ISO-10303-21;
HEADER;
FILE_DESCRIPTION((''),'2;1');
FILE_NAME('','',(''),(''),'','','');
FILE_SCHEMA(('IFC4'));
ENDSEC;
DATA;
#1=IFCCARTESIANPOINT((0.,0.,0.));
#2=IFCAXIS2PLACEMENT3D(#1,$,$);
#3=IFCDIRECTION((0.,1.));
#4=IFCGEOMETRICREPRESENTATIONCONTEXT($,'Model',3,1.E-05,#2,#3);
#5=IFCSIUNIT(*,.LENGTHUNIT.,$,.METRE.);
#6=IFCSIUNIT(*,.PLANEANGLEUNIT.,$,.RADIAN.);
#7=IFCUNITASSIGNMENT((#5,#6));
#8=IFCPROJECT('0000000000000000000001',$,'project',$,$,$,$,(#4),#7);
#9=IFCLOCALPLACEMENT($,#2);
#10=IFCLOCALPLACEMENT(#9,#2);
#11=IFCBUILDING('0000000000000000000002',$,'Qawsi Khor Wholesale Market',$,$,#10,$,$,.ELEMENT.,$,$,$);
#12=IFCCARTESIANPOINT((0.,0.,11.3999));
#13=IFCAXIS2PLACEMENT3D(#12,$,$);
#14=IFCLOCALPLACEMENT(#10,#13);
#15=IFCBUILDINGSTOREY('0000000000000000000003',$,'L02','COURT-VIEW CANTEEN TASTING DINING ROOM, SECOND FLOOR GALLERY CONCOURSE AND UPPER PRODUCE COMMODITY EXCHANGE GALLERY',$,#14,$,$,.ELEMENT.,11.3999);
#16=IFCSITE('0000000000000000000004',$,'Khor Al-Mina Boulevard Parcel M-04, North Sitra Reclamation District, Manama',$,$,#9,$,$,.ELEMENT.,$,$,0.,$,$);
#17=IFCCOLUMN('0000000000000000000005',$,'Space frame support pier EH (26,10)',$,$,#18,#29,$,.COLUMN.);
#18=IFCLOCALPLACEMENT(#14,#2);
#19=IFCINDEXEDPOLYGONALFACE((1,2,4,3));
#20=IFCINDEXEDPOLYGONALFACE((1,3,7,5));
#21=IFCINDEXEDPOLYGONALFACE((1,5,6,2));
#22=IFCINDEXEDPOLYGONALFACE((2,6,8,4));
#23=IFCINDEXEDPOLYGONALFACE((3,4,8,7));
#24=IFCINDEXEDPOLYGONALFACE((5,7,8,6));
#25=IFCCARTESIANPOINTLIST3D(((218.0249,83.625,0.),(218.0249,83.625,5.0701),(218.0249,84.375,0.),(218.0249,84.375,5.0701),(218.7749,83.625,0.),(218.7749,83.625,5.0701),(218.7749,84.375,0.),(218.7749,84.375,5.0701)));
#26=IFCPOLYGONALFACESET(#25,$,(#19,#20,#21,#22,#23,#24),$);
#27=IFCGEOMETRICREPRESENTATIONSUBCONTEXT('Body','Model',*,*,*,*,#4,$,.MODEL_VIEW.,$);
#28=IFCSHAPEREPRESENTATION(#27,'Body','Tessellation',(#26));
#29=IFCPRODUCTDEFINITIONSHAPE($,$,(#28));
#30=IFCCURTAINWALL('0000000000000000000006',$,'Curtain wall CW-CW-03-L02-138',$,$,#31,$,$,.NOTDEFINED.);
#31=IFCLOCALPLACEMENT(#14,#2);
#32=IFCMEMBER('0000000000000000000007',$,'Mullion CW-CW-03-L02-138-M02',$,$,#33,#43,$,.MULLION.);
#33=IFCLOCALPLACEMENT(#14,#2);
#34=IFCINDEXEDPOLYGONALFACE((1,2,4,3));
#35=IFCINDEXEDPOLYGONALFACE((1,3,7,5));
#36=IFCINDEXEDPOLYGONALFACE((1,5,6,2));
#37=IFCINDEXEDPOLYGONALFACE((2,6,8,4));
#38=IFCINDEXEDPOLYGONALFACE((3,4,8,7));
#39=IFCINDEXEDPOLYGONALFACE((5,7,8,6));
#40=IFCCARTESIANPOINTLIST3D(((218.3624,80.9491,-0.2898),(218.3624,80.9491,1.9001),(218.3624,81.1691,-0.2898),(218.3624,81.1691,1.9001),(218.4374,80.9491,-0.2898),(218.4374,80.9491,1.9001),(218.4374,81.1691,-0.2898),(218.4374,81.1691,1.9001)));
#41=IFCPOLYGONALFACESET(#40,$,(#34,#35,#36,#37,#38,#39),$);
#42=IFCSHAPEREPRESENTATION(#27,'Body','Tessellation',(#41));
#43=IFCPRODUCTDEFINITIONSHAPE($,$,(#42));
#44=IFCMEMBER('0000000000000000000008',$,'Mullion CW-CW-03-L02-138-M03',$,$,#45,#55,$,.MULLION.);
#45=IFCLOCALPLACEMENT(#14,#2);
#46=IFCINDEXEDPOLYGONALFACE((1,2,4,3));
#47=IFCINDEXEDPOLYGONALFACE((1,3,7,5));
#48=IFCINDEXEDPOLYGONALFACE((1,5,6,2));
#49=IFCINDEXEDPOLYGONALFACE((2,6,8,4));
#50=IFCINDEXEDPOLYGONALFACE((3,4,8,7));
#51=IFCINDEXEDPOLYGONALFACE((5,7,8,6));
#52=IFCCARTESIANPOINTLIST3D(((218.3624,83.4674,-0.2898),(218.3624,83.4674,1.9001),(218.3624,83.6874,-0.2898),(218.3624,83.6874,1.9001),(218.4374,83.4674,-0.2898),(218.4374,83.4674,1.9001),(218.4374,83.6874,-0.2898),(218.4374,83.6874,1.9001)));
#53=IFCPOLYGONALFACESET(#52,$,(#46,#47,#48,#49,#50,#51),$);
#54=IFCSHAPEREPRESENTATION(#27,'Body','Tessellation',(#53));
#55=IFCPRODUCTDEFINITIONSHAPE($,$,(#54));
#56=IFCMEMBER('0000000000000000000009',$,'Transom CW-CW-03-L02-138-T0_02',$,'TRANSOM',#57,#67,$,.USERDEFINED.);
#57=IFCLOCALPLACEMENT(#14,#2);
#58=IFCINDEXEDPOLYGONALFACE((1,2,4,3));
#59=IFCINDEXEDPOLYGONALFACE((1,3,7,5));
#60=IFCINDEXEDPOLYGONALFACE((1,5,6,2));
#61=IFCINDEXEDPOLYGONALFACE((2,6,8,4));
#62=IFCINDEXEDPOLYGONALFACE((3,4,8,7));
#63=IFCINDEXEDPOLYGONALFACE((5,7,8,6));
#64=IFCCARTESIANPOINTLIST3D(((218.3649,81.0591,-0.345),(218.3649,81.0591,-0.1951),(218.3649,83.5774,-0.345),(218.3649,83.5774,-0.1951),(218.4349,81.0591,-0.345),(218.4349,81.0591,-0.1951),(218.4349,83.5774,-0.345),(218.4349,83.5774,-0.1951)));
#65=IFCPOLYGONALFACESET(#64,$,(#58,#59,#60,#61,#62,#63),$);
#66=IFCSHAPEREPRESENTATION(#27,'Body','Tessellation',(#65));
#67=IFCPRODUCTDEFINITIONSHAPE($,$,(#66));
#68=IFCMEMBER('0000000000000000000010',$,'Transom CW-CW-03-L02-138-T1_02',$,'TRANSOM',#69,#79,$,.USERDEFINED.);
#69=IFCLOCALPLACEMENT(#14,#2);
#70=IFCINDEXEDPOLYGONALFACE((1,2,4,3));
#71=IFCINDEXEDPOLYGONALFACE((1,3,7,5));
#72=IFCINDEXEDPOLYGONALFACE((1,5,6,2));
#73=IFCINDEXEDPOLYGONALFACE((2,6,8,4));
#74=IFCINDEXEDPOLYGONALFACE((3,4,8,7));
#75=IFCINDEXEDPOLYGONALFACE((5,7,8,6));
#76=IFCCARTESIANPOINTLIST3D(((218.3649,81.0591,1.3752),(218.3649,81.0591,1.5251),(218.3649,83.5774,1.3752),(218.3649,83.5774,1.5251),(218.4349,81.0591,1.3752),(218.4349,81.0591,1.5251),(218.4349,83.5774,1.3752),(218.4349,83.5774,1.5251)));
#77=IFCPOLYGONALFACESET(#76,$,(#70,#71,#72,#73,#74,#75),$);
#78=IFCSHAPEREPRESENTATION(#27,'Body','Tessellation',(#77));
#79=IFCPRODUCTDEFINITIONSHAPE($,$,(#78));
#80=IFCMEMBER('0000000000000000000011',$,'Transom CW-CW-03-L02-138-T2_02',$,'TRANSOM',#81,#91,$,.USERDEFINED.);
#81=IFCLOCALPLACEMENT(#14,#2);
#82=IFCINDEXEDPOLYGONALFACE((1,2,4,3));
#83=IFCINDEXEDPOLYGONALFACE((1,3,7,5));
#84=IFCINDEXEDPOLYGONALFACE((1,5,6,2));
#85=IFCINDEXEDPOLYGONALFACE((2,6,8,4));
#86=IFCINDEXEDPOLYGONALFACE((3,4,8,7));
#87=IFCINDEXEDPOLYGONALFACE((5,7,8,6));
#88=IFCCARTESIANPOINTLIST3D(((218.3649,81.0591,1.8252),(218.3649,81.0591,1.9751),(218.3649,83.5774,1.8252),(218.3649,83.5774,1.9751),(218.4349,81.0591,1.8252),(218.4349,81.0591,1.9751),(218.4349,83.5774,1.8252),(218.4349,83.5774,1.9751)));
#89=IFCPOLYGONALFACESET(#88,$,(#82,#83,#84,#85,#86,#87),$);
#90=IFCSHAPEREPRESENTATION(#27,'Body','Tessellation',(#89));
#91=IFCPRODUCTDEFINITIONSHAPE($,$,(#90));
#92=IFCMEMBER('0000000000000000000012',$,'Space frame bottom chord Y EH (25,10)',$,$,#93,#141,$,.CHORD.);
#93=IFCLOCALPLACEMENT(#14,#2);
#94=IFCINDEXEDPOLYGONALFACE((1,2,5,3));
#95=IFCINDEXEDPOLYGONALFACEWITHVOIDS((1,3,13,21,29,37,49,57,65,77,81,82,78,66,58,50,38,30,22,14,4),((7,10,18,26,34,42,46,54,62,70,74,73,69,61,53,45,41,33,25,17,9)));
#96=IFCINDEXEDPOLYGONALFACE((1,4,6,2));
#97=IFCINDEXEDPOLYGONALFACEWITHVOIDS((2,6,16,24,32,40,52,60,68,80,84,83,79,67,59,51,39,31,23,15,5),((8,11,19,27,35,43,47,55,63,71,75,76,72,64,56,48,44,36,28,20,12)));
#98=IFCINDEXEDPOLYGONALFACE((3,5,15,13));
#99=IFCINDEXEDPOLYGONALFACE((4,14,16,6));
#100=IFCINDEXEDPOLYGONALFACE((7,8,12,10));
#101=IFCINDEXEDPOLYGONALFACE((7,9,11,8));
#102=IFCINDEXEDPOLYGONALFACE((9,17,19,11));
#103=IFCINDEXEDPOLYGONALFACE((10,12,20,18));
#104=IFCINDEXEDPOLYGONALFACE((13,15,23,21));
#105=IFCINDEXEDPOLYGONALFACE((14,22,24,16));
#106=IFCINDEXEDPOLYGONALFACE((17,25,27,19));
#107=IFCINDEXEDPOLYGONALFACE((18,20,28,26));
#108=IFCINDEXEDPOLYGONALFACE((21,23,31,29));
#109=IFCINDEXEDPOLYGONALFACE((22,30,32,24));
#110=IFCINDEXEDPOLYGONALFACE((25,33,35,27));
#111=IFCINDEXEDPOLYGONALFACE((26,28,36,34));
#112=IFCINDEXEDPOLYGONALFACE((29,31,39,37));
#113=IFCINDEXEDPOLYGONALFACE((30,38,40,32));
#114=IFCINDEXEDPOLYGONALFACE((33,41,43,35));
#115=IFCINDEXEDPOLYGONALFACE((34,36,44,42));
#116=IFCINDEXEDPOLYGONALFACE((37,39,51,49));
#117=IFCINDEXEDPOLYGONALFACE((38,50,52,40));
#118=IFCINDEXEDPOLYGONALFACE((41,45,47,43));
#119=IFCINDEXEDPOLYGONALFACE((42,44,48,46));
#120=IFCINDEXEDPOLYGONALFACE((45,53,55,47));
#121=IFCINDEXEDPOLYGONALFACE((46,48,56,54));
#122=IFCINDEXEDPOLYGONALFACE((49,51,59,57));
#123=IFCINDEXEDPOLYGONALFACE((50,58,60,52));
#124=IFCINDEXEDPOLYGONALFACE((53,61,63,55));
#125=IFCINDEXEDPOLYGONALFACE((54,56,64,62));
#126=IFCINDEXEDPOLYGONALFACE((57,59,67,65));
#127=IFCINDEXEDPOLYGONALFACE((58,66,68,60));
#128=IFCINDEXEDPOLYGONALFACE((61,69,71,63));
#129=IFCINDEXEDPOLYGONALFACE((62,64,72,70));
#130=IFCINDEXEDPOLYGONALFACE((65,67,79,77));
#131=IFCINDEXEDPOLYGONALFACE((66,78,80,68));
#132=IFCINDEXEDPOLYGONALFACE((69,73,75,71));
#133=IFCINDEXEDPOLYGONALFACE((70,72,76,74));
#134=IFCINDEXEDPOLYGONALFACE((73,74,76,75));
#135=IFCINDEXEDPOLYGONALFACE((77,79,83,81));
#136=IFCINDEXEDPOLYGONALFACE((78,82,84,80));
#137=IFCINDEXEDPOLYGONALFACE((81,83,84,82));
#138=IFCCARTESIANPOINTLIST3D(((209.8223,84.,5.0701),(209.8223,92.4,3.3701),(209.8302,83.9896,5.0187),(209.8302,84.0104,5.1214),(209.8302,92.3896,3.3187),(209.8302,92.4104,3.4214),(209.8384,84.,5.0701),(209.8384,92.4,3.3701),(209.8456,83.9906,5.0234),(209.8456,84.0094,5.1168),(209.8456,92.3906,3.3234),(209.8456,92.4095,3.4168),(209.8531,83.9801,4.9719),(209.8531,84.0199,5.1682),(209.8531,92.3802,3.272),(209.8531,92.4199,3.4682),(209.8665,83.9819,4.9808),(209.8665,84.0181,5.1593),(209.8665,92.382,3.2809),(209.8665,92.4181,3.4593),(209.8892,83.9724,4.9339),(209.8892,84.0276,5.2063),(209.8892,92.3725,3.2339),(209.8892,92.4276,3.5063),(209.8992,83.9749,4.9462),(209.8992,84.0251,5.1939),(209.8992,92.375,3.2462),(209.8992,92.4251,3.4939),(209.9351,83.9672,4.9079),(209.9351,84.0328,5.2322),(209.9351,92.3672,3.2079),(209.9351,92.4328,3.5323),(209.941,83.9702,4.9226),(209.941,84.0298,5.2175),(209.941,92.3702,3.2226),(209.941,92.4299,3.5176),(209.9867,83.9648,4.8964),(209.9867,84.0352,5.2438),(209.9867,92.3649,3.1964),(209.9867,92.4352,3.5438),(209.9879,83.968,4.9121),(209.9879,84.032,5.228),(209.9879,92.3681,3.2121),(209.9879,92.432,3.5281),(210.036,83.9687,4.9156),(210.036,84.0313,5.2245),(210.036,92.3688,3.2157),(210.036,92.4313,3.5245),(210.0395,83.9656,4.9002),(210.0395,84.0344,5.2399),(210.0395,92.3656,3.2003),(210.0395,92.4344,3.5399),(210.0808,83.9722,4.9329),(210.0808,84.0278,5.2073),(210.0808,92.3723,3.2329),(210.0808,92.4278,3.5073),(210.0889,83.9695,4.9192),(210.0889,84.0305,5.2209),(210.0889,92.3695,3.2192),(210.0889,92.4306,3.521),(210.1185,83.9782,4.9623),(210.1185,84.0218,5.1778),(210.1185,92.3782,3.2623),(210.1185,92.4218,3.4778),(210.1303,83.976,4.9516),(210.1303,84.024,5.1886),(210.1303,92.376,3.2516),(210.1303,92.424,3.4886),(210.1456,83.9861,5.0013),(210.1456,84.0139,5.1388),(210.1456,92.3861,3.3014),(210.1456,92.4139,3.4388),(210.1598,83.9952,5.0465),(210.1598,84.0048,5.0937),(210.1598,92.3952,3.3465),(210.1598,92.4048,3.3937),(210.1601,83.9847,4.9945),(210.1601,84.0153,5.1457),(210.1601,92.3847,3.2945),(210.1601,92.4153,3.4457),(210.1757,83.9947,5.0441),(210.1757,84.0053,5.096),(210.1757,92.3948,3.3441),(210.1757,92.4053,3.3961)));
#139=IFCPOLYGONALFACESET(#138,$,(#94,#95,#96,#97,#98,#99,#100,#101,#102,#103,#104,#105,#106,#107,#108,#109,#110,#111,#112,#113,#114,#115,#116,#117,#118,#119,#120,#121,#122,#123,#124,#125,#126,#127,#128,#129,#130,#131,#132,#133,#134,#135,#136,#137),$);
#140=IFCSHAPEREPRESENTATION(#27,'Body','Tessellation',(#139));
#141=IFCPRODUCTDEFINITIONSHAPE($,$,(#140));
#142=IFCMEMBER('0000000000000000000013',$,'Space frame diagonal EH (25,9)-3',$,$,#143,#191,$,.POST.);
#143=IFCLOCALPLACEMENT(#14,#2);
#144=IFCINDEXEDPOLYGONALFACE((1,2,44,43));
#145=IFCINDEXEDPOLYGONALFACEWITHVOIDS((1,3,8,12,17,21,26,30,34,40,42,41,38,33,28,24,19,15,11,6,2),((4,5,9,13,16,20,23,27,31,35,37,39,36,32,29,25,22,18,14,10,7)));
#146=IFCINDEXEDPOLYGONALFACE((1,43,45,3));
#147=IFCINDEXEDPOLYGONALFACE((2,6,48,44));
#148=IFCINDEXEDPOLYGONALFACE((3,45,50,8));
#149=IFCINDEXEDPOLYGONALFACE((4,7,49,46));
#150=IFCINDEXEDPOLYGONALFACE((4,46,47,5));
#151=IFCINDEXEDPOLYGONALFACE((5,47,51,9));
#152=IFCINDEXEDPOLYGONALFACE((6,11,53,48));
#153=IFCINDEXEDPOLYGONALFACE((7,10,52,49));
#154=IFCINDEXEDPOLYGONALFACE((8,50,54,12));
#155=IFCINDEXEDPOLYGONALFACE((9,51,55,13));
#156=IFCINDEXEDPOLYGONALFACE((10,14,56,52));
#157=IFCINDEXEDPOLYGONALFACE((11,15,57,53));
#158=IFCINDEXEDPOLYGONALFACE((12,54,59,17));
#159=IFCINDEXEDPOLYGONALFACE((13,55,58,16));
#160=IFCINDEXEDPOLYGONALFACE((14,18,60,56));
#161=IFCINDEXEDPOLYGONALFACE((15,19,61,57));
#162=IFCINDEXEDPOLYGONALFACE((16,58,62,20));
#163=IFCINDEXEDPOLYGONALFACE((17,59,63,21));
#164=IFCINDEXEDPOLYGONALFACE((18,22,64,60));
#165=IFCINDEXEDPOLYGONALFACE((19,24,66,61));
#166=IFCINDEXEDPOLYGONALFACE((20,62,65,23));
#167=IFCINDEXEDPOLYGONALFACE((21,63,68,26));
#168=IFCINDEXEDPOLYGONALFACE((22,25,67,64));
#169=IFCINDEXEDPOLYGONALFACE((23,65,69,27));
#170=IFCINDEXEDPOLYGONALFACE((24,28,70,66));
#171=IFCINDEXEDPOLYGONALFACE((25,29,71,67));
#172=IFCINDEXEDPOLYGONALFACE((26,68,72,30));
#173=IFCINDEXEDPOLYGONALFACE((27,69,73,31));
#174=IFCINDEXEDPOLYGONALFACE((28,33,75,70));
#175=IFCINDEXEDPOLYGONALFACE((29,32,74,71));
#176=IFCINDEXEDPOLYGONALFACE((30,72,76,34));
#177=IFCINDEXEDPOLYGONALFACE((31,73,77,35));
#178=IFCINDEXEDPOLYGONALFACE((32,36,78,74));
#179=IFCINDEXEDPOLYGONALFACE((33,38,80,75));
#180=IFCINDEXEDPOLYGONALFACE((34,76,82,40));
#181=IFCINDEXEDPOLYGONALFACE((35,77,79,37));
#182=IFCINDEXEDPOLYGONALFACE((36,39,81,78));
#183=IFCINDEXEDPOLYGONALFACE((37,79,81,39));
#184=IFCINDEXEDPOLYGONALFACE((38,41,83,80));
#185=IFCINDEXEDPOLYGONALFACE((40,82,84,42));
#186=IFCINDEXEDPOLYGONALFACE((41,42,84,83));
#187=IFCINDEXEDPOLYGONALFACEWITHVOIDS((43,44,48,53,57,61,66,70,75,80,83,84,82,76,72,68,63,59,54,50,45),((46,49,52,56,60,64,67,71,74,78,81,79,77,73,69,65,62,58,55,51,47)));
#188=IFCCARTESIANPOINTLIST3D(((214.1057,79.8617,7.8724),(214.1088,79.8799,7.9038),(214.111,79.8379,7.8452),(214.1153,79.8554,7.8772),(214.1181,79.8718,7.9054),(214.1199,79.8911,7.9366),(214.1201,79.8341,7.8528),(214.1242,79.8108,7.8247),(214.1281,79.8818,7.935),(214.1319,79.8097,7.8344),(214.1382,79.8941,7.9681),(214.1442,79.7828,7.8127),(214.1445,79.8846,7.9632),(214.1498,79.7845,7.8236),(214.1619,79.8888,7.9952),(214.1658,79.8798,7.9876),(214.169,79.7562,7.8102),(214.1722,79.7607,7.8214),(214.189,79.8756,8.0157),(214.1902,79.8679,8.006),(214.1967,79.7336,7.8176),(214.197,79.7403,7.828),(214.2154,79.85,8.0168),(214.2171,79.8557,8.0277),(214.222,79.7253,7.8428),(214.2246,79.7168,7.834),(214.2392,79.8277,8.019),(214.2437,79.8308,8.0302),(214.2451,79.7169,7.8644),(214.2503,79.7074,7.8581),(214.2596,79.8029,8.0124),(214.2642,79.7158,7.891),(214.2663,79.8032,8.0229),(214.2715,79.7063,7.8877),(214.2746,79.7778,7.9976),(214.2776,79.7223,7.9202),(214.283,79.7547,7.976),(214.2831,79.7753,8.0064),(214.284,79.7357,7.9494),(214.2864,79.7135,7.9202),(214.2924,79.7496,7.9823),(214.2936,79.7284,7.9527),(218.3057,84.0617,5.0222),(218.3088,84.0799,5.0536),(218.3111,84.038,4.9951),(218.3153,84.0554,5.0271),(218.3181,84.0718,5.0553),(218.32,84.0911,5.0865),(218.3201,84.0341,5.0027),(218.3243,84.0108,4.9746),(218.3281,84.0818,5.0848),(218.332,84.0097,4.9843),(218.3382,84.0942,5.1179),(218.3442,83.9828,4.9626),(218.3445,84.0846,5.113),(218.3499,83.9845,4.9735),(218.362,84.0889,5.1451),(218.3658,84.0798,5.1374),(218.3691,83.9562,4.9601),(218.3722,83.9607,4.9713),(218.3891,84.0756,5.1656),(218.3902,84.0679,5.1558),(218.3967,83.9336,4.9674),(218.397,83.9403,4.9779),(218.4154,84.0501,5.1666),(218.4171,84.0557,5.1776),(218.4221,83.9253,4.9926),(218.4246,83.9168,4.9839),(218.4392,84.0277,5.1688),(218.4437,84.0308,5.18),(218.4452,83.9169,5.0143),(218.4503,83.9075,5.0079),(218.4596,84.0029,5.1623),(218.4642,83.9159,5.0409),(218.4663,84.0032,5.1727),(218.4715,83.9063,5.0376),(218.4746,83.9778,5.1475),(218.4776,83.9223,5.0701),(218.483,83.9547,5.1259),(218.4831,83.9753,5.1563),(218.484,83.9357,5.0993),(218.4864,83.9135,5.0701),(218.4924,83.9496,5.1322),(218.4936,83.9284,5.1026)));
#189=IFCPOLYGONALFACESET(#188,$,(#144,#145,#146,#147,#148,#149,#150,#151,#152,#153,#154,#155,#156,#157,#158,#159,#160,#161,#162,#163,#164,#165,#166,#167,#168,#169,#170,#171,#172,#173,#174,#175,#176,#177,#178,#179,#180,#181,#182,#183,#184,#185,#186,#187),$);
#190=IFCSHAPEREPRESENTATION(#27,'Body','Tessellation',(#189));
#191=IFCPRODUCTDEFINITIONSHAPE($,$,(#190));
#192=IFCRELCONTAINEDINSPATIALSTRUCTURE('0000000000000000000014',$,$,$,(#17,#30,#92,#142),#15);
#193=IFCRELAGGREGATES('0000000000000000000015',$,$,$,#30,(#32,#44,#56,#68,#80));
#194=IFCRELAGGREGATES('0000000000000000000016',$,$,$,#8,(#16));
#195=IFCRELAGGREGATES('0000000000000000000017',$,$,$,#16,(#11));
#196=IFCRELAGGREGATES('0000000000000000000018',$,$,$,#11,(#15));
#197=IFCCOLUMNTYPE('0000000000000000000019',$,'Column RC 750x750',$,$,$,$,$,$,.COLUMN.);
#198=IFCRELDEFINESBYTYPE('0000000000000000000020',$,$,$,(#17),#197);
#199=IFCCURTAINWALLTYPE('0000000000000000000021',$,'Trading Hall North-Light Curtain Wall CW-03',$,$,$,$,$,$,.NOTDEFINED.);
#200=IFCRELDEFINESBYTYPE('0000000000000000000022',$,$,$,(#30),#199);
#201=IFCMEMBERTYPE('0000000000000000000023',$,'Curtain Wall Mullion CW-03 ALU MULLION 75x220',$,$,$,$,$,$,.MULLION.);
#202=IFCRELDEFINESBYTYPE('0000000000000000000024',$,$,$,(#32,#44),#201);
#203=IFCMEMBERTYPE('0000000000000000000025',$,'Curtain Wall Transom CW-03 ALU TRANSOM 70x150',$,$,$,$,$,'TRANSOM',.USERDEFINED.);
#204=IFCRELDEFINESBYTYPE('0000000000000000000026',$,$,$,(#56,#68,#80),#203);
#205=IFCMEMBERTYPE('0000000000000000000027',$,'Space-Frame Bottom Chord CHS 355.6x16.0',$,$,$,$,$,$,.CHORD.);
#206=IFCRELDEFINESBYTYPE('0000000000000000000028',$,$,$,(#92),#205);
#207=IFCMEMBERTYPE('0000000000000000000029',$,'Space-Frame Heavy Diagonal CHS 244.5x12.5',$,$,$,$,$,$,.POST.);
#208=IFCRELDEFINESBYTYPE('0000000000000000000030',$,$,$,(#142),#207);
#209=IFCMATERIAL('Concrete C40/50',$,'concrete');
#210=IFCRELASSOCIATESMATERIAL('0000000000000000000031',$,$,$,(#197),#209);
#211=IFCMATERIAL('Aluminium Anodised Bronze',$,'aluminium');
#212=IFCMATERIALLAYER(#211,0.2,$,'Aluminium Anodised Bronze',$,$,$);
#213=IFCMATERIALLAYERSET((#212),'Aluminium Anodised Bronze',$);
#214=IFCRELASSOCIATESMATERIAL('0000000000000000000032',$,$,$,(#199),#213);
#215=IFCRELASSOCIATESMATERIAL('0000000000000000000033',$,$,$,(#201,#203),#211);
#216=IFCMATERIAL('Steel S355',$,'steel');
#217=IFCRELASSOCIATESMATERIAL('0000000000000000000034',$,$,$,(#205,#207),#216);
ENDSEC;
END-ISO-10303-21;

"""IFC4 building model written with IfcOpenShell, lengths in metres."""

from ifc_helpers import new_model, si_unit, direction, frame, origin, origin_2d, place, context, subcontext, project, spatial, rectangle, hollow_circle, extrude, material, layer, layer_set, material_profile, profile_set, type_object, element, aggregate, save


model = new_model("IFC4")

# Units and contexts
model_context = context("Model", 3, precision=1e-05, world=origin(), true_north=direction((0.0, 1.0)))
body_context = subcontext(model_context, "Body", "Model", "MODEL_VIEW")
ifc_project = project(units=[si_unit("LENGTHUNIT", "METRE"), si_unit("PLANEANGLEUNIT", "RADIAN")], contexts=[model_context])

# Site, building, storey
site_placement = place(None, origin())
site = spatial("IfcSite", under=ifc_project, at=site_placement, Name="Khor Al-Mina Boulevard Parcel M-04, North Sitra Reclamation District, Manama", CompositionType="ELEMENT", RefElevation=0.0)
building_placement = place(site_placement, origin())
building = spatial("IfcBuilding", under=site, at=building_placement, Name="Qawsi Khor Wholesale Market", CompositionType="ELEMENT")
storey_placement = place(building_placement, frame((0.0, 0.0, 11.3999)))
storey = spatial("IfcBuildingStorey", under=building, at=storey_placement, Name="L02", Description="COURT-VIEW CANTEEN TASTING DINING ROOM, SECOND FLOOR GALLERY CONCOURSE AND UPPER PRODUCE COMMODITY EXCHANGE GALLERY", CompositionType="ELEMENT", Elevation=11.3999)

# Column
ifc_material_1 = material(Name="Concrete C40/50", Category="concrete")
ifc_material_profile_1 = material_profile(ifc_material_1, rectangle(XDim=0.75, YDim=0.75, at=origin_2d()), Name="RC 750x750")
ifc_profile_set_1 = profile_set([ifc_material_profile_1], Name="Concrete C40/50")
column_type = type_object("IfcColumnType", Name="Column RC 750x750", PredefinedType="COLUMN", material=ifc_profile_set_1)
column_placement = place(storey_placement, frame((218.3999, 84.0, 0.0), z_axis=(0.0, 0.0, 1.0), x_axis=(1.0, 0.0, 0.0)))
element("IfcColumn", 1, at=column_placement, inside=storey, type_object=column_type, Name="Space frame support pier EH (26,10)", PredefinedType="COLUMN", context=body_context, shape_type="SweptSolid", body=[
    extrude(rectangle(XDim=0.75, YDim=0.75, at=origin_2d()), origin(), (0.0, 0.0, 1.0), 5.0701),
])

# Curtain wall, members
ifc_material_2 = material(Name="Aluminium Anodised Bronze", Category="aluminium")
ifc_layer_1 = layer(ifc_material_2, 0.2, Name="Aluminium Anodised Bronze")
ifc_layer_set_1 = layer_set([ifc_layer_1], Name="Aluminium Anodised Bronze")
curtain_wall_type = type_object("IfcCurtainWallType", Name="Trading Hall North-Light Curtain Wall CW-03", PredefinedType="NOTDEFINED", material=ifc_layer_set_1)
curtain_wall_placement = place(storey_placement, origin())
curtain_wall = element("IfcCurtainWall", 2, at=curtain_wall_placement, inside=storey, type_object=curtain_wall_type, Name="Curtain wall CW-CW-03-L02-138", PredefinedType="NOTDEFINED")
ifc_material_profile_2 = material_profile(ifc_material_2, rectangle(XDim=0.075, YDim=0.22, at=origin_2d()), Name="ALU MULLION 75x220")
ifc_profile_set_2 = profile_set([ifc_material_profile_2], Name="Aluminium Anodised Bronze")
member_type_1 = type_object("IfcMemberType", Name="Curtain Wall Mullion CW-03 ALU MULLION 75x220", PredefinedType="MULLION", material=ifc_profile_set_2)
member_1_placement = place(storey_placement, frame((218.3999, 81.0591, -0.2898), z_axis=(0.0, 0.0, 1.0), x_axis=(1.0, 0.0, 0.0)))
member_1 = element("IfcMember", 3, at=member_1_placement, type_object=member_type_1, Name="Mullion CW-CW-03-L02-138-M02", PredefinedType="MULLION", context=body_context, shape_type="SweptSolid", body=[
    extrude(rectangle(XDim=0.075, YDim=0.22, at=origin_2d()), origin(), (0.0, 0.0, 1.0), 2.1899),
])
member_2_placement = place(storey_placement, frame((218.3999, 83.5774, -0.2898), z_axis=(0.0, 0.0, 1.0), x_axis=(1.0, 0.0, 0.0)))
member_2 = element("IfcMember", 4, at=member_2_placement, type_object=member_type_1, Name="Mullion CW-CW-03-L02-138-M03", PredefinedType="MULLION", context=body_context, shape_type="SweptSolid", body=[
    extrude(rectangle(XDim=0.075, YDim=0.22, at=origin_2d()), origin(), (0.0, 0.0, 1.0), 2.1899),
])
ifc_material_profile_3 = material_profile(ifc_material_2, rectangle(XDim=0.0701, YDim=0.1499, at=origin_2d()), Name="ALU TRANSOM 70x150")
ifc_profile_set_3 = profile_set([ifc_material_profile_3], Name="Aluminium Anodised Bronze")
member_type_2 = type_object("IfcMemberType", Name="Curtain Wall Transom CW-03 ALU TRANSOM 70x150", ElementType="TRANSOM", PredefinedType="USERDEFINED", material=ifc_profile_set_3)
member_3_placement = place(storey_placement, frame((218.3999, 81.0591, -0.27), z_axis=(0.0, 1.0, 0.0), x_axis=(-1.0, 0.0, 0.0)))
member_3 = element("IfcMember", 5, at=member_3_placement, type_object=member_type_2, Name="Transom CW-CW-03-L02-138-T0_02", ObjectType="TRANSOM", PredefinedType="USERDEFINED", context=body_context, shape_type="SweptSolid", body=[
    extrude(rectangle(XDim=0.0701, YDim=0.1499, at=origin_2d()), origin(), (0.0, 0.0, 1.0), 2.5183),
])
member_4_placement = place(storey_placement, frame((218.3999, 81.0591, 1.4502), z_axis=(0.0, 1.0, 0.0), x_axis=(-1.0, 0.0, 0.0)))
member_4 = element("IfcMember", 6, at=member_4_placement, type_object=member_type_2, Name="Transom CW-CW-03-L02-138-T1_02", ObjectType="TRANSOM", PredefinedType="USERDEFINED", context=body_context, shape_type="SweptSolid", body=[
    extrude(rectangle(XDim=0.0701, YDim=0.1499, at=origin_2d()), origin(), (0.0, 0.0, 1.0), 2.5183),
])
member_5_placement = place(storey_placement, frame((218.3999, 81.0591, 1.9001), z_axis=(0.0, 1.0, 0.0), x_axis=(-1.0, 0.0, 0.0)))
member_5 = element("IfcMember", 7, at=member_5_placement, type_object=member_type_2, Name="Transom CW-CW-03-L02-138-T2_02", ObjectType="TRANSOM", PredefinedType="USERDEFINED", context=body_context, shape_type="SweptSolid", body=[
    extrude(rectangle(XDim=0.0701, YDim=0.1499, at=origin_2d()), origin(), (0.0, 0.0, 1.0), 2.5183),
])

# Members
ifc_material_3 = material(Name="Steel S355", Category="steel")
ifc_material_profile_4 = material_profile(ifc_material_3, hollow_circle(Radius=0.1777, WallThickness=0.0161, at=origin_2d()), Name="CHS 355.6x16.0")
ifc_profile_set_4 = profile_set([ifc_material_profile_4], Name="Steel S355")
member_type_3 = type_object("IfcMemberType", Name="Space-Frame Bottom Chord CHS 355.6x16.0", PredefinedType="CHORD", material=ifc_profile_set_4)
member_6_placement = place(storey_placement, frame((210.0, 84.0, 5.0701), z_axis=(0.0, 0.98013, -0.198356), x_axis=(-1.0, 0.0, 0.0)))
element("IfcMember", 8, at=member_6_placement, inside=storey, type_object=member_type_3, Name="Space frame bottom chord Y EH (25,10)", PredefinedType="CHORD", context=body_context, shape_type="SweptSolid", body=[
    extrude(hollow_circle(Radius=0.1777, WallThickness=0.0161, at=origin_2d()), origin(), (0.0, 0.0, 1.0), 8.5703),
])
ifc_material_profile_5 = material_profile(ifc_material_3, hollow_circle(Radius=0.1223, WallThickness=0.0125, at=origin_2d()), Name="CHS 244.5x12.5")
ifc_profile_set_5 = profile_set([ifc_material_profile_5], Name="Steel S355")
member_type_4 = type_object("IfcMemberType", Name="Space-Frame Heavy Diagonal CHS 244.5x12.5", PredefinedType="POST", material=ifc_profile_set_5)
for number, where, z_axis, x_axis, name in (
    (9, (218.3999, 84.0, 5.0701), (-0.637512, -0.637512, 0.432617), (0.707107, -0.707107, 0.0), "Space frame diagonal EH (25,9)-3"),
):
    element("IfcMember", number, at=place(storey_placement, frame(where, z_axis=z_axis, x_axis=x_axis)), inside=storey, type_object=member_type_4, Name=name, PredefinedType="POST", context=body_context, shape_type="SweptSolid", body=[
        extrude(hollow_circle(Radius=0.1223, WallThickness=0.0125, at=origin_2d()), origin(), (0.0, 0.0, 1.0), 6.5881),
    ])

aggregate(curtain_wall, [member_1, member_2, member_3, member_4, member_5])

save(model, "model.ifc")
